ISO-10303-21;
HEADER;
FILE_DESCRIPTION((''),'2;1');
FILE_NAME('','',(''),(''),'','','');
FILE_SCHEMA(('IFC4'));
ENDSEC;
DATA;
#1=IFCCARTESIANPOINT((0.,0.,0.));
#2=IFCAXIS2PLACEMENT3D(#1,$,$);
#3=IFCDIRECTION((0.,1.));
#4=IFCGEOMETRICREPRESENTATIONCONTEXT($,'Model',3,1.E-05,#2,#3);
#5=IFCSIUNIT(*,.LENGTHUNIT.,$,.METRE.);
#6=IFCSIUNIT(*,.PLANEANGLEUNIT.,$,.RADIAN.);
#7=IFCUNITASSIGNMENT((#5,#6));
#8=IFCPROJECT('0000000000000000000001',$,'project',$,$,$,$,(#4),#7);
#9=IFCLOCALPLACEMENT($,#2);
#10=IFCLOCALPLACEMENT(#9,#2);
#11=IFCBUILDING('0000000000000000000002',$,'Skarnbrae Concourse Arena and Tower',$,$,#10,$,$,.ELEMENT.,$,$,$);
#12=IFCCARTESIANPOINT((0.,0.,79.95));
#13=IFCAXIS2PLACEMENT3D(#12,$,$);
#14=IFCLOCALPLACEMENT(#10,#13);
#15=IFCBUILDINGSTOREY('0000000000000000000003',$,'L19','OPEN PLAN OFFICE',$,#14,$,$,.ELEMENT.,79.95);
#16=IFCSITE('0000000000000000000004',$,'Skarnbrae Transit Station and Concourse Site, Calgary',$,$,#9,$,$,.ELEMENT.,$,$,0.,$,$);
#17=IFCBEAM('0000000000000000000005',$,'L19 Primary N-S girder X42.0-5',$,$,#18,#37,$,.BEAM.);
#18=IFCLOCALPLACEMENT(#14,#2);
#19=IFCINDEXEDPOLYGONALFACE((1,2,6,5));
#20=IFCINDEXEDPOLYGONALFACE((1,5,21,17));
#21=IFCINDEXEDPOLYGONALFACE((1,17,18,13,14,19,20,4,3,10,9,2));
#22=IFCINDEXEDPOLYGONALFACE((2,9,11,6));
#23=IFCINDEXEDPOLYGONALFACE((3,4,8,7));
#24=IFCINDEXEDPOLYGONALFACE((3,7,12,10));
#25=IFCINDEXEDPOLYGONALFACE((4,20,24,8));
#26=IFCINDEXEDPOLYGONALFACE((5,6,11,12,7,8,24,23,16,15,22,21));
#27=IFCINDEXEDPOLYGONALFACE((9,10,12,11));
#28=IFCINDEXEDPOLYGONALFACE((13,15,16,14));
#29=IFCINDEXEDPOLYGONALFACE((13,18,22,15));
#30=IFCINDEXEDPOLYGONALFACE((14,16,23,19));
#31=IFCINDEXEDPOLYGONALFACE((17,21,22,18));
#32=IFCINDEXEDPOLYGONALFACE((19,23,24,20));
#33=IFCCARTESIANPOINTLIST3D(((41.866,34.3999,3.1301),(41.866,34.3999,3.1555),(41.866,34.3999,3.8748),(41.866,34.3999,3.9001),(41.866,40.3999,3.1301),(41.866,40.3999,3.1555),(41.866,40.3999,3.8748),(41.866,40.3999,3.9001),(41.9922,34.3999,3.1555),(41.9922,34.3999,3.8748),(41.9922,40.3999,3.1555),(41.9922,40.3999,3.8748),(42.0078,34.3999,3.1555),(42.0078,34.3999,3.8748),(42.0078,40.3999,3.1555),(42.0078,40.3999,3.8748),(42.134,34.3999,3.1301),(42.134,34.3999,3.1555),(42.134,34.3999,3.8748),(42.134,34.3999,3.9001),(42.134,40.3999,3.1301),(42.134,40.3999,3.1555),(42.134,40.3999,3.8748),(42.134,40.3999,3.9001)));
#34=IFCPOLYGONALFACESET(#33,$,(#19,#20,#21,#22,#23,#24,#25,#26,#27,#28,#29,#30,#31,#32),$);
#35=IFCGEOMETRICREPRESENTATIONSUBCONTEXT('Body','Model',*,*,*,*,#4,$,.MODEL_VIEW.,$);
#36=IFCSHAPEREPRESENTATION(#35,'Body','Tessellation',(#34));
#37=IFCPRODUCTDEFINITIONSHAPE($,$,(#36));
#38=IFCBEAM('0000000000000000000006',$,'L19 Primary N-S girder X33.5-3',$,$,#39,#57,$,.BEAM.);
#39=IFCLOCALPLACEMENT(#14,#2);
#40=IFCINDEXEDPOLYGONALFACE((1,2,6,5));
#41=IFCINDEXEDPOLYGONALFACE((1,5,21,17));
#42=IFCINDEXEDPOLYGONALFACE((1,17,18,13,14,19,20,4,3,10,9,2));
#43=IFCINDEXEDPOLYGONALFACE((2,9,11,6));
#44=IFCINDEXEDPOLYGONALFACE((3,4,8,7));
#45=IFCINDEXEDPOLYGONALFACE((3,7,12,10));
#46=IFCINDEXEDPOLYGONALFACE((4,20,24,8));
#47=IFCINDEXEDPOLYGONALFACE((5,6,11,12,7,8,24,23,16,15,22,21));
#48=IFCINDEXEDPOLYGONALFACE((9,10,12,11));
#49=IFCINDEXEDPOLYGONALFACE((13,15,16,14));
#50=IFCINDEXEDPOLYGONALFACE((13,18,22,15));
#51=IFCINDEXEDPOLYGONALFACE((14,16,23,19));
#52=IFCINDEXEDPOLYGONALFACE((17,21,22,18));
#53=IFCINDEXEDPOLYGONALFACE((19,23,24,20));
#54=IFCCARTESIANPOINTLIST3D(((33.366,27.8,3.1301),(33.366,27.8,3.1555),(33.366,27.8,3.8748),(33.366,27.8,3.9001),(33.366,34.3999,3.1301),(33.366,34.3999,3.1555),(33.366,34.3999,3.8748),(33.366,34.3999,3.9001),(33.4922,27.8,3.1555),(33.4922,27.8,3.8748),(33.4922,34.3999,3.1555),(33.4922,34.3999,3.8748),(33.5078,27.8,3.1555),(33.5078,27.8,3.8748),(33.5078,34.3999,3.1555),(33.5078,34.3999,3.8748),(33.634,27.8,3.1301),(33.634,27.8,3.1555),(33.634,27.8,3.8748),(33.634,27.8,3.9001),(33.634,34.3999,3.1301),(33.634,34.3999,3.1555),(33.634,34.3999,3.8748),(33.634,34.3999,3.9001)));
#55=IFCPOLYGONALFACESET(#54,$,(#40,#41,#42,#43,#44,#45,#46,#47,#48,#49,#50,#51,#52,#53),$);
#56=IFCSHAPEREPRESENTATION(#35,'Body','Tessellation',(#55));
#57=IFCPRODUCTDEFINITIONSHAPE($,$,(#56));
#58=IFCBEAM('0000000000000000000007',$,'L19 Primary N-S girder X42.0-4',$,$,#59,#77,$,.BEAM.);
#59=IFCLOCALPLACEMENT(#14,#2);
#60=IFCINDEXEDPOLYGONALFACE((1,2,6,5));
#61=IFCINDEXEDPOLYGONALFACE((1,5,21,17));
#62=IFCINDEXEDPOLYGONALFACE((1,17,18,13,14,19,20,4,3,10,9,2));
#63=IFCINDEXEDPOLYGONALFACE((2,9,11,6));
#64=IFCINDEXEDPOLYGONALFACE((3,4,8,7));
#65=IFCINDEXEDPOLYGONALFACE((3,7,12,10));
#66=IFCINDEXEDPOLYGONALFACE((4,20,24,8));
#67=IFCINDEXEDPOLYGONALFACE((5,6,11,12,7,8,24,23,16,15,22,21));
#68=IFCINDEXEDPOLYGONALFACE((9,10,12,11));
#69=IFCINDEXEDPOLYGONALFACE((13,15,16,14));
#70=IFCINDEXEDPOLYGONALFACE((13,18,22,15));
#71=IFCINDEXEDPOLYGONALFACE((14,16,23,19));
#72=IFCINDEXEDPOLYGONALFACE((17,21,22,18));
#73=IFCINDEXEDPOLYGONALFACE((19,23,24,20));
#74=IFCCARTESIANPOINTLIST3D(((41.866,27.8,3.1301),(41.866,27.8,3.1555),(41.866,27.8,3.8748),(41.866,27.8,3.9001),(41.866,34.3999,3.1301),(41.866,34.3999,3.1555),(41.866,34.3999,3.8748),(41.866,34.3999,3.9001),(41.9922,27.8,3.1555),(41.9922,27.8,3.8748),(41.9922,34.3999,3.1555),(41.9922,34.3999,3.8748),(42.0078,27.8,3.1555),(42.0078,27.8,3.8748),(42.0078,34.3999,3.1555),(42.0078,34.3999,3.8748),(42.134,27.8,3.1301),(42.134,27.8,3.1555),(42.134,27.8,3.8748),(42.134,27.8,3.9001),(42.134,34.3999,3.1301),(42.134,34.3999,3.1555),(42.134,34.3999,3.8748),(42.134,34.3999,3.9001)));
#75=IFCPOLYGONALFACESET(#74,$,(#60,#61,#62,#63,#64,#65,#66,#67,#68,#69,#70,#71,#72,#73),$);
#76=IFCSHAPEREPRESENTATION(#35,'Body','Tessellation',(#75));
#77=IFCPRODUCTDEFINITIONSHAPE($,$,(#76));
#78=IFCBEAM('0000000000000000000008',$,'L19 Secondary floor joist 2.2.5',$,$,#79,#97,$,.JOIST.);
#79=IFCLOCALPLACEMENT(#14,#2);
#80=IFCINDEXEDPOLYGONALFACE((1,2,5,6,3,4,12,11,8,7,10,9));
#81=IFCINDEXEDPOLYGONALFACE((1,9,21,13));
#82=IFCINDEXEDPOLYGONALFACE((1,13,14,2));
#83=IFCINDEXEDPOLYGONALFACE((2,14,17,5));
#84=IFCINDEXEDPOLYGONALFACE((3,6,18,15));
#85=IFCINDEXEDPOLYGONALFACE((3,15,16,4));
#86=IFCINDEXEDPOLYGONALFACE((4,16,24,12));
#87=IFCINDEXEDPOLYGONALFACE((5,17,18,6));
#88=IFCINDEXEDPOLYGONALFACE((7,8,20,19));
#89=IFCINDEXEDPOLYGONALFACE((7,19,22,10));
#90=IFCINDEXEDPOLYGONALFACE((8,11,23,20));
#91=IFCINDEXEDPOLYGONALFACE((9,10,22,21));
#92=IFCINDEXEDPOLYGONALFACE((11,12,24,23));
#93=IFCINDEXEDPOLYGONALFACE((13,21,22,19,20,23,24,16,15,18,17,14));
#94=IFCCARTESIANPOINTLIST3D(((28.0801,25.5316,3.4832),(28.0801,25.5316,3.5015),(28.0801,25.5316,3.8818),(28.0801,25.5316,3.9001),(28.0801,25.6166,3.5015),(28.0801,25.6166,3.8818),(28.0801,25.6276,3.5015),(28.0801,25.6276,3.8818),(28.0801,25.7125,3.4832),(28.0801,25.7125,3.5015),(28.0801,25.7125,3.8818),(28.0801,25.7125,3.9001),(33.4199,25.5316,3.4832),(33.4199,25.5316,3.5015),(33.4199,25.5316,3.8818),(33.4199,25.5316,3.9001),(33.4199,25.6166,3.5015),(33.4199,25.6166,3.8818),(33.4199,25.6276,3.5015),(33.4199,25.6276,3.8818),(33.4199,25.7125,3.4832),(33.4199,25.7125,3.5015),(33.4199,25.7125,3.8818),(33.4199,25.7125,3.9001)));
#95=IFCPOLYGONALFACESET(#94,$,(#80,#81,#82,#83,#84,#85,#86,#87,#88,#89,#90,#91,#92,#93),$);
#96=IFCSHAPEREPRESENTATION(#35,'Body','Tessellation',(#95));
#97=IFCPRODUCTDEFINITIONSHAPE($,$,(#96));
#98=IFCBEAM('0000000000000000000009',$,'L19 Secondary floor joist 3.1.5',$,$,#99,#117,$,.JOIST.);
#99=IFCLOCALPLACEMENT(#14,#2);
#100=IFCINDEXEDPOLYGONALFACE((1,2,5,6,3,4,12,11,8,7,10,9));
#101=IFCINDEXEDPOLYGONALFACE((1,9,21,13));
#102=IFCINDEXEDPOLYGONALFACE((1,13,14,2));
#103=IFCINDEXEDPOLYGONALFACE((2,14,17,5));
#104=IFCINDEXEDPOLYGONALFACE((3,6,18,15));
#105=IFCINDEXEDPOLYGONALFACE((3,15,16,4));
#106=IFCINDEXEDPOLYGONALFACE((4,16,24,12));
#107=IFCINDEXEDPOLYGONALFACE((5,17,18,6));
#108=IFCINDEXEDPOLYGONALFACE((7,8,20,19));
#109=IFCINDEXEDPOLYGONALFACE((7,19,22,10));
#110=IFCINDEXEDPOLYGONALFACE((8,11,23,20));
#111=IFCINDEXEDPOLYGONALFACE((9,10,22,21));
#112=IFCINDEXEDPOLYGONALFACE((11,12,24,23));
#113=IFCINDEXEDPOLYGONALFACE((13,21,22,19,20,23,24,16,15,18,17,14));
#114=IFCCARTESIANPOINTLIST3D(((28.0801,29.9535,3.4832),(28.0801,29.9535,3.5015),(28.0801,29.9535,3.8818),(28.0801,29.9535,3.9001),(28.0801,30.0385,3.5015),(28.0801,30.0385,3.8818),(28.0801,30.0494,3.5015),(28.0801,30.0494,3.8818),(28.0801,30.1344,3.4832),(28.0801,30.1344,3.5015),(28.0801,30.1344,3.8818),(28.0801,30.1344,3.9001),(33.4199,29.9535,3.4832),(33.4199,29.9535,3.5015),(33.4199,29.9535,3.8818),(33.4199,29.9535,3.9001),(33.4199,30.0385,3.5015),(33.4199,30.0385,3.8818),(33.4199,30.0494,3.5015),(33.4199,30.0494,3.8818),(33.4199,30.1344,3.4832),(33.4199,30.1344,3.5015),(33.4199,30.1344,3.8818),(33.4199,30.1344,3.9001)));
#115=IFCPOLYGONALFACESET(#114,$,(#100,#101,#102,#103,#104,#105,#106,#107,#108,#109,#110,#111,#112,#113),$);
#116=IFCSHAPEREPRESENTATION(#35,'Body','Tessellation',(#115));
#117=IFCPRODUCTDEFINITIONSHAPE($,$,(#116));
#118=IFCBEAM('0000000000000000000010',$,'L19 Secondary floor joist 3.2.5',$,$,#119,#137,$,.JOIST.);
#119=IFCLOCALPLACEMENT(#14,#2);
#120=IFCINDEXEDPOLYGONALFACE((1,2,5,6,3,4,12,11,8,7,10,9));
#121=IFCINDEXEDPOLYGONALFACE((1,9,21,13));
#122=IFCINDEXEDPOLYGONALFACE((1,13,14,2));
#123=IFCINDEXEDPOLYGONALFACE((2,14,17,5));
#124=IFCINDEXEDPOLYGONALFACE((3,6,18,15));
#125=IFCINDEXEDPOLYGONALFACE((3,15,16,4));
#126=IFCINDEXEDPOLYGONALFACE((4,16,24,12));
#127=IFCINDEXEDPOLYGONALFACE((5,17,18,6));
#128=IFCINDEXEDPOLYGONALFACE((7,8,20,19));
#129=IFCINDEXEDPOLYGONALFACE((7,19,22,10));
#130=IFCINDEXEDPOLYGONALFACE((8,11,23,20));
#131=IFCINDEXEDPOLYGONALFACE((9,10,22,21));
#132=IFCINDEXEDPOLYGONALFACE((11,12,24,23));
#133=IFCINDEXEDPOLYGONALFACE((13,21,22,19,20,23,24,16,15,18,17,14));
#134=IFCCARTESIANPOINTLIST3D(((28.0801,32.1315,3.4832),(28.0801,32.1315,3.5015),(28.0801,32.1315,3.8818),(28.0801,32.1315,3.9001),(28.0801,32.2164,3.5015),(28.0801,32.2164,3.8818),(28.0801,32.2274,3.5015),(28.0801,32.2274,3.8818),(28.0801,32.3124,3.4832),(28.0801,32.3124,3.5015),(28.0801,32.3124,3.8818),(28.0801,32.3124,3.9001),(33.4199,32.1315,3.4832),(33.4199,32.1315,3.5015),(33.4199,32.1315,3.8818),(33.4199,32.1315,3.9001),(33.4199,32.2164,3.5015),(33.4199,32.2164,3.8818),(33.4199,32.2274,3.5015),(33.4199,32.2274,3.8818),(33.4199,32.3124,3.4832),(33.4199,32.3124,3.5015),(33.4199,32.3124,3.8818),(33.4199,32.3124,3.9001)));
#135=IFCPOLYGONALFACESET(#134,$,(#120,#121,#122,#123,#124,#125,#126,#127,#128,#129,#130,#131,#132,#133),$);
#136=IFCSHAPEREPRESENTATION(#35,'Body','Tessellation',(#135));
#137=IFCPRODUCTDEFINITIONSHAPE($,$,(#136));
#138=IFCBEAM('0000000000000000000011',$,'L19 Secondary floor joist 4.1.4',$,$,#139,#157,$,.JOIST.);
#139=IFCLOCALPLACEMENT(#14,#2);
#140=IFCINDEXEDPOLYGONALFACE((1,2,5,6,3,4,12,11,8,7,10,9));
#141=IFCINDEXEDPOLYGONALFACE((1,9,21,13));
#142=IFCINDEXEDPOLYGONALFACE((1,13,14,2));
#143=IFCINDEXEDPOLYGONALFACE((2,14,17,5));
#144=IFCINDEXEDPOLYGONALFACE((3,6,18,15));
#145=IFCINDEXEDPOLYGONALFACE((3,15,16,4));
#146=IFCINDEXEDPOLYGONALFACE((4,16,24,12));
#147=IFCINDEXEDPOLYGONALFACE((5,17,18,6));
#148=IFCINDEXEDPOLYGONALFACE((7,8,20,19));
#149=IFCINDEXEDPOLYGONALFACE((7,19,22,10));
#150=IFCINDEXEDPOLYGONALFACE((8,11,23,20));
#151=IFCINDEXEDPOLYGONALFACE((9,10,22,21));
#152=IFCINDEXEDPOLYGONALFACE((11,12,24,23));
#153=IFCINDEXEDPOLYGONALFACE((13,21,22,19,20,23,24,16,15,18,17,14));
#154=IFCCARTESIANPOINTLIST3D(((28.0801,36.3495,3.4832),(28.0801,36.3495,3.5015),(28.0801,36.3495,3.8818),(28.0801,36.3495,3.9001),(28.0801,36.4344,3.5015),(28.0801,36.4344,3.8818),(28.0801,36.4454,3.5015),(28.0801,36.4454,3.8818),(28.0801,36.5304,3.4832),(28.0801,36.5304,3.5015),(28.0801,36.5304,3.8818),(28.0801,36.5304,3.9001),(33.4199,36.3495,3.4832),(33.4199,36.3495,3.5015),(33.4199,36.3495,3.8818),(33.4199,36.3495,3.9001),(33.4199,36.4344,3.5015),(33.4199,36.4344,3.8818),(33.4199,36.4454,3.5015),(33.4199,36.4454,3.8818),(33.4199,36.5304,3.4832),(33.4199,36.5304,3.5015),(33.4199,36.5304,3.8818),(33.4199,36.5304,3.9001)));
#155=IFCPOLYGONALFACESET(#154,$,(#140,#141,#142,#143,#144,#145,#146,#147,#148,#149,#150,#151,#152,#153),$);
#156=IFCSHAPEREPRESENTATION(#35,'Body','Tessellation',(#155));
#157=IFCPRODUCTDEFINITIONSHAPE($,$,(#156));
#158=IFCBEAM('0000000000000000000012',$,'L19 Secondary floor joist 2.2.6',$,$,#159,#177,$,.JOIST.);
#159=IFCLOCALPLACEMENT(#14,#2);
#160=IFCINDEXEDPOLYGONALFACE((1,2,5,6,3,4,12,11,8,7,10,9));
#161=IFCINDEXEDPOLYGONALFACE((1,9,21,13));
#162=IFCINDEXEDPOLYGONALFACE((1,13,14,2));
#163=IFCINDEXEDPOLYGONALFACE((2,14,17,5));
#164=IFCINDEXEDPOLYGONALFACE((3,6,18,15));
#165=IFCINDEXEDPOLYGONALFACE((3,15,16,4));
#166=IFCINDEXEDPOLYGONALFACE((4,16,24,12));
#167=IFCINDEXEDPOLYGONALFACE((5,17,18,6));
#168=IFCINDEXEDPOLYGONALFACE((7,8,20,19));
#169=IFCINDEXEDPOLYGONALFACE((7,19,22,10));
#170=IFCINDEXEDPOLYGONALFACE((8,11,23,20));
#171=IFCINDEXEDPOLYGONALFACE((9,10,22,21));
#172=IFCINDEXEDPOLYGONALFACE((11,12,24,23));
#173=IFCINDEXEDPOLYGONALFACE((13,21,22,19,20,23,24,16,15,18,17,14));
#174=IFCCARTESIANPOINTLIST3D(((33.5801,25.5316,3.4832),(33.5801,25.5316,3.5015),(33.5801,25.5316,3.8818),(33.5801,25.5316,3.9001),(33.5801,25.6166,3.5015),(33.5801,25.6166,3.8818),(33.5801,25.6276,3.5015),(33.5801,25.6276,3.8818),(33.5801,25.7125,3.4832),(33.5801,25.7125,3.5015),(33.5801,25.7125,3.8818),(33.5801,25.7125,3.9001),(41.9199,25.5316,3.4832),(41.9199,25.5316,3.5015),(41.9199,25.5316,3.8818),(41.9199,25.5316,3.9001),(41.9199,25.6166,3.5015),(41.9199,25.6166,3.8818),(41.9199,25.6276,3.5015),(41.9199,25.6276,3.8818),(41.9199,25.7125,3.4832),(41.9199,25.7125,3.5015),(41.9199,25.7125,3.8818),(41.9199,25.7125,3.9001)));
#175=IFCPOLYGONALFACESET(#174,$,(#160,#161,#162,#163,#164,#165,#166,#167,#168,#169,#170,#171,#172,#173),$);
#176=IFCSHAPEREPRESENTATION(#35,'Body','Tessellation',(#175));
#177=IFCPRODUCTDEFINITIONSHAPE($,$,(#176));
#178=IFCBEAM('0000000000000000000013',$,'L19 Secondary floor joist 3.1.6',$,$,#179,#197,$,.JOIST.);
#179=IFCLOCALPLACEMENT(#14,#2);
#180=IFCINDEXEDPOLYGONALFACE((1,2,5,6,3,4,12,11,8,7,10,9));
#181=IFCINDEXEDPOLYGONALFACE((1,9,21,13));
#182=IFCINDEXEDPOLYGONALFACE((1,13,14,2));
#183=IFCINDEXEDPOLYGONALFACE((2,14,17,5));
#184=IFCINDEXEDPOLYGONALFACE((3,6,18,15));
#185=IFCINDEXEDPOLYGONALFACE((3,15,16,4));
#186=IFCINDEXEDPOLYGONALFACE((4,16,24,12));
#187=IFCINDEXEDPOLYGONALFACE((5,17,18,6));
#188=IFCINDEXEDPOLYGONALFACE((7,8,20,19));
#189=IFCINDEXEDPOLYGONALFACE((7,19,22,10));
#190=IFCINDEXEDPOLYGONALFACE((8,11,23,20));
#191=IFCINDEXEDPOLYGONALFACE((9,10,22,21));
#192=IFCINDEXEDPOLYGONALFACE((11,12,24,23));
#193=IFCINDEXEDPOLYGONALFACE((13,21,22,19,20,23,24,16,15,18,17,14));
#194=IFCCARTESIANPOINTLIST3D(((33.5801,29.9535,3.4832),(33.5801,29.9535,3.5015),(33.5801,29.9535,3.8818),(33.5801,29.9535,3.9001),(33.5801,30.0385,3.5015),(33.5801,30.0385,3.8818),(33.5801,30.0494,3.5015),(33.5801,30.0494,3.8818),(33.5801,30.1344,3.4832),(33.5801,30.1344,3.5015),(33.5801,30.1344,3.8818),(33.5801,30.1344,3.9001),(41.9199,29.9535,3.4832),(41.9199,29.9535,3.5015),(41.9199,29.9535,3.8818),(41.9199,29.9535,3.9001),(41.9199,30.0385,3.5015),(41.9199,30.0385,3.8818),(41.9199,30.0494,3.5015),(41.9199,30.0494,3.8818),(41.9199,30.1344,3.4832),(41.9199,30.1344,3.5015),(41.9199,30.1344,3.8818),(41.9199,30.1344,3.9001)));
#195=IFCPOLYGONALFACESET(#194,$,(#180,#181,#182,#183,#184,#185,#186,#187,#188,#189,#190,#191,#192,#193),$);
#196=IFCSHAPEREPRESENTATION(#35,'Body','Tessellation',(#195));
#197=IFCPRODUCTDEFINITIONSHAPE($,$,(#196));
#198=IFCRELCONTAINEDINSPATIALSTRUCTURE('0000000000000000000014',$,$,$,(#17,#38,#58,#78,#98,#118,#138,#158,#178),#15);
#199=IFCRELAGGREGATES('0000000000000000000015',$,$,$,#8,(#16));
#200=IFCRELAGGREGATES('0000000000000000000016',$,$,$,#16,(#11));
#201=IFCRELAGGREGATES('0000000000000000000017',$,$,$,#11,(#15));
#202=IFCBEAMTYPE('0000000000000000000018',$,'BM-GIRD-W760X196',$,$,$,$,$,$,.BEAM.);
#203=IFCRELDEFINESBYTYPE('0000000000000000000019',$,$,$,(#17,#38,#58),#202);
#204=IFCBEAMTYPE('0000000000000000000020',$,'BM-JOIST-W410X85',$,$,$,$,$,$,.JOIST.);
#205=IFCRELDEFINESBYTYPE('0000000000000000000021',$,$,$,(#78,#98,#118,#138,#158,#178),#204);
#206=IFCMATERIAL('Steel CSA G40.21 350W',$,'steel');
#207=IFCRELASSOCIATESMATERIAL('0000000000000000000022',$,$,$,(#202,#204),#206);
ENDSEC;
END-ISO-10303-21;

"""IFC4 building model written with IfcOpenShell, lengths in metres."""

from ifc_helpers import new_model, si_unit, direction, frame, origin, origin_2d, place, context, subcontext, project, spatial, i_section, extrude, source, transform, mapped, material, material_profile, profile_set, type_object, element, save


model = new_model("IFC4")

# Units and contexts
model_context = context("Model", 3, precision=1e-05, world=origin(), true_north=direction((0.0, 1.0)))
body_context = subcontext(model_context, "Body", "Model", "MODEL_VIEW")
ifc_project = project(units=[si_unit("LENGTHUNIT", "METRE"), si_unit("PLANEANGLEUNIT", "RADIAN")], contexts=[model_context])

# Site, building, storey
site_placement = place(None, origin())
site = spatial("IfcSite", under=ifc_project, at=site_placement, Name="Skarnbrae Transit Station and Concourse Site, Calgary", CompositionType="ELEMENT", RefElevation=0.0)
building_placement = place(site_placement, origin())
building = spatial("IfcBuilding", under=site, at=building_placement, Name="Skarnbrae Concourse Arena and Tower", CompositionType="ELEMENT")
storey_placement = place(building_placement, frame((0.0, 0.0, 79.95)))
storey = spatial("IfcBuildingStorey", under=building, at=storey_placement, Name="L19", Description="OPEN PLAN OFFICE", CompositionType="ELEMENT", Elevation=79.95)

# Shared definitions
ifc_material_1 = material(Name="Steel CSA G40.21 350W", Category="steel")

# Beams
ifc_material_profile_1 = material_profile(ifc_material_1, i_section(OverallWidth=0.2681, OverallDepth=0.77, WebThickness=0.0156, FlangeThickness=0.0254, at=origin_2d()), Name="W760X196")
ifc_profile_set_1 = profile_set([ifc_material_profile_1], Name="Steel CSA G40.21 350W")
beam_type_1 = type_object("IfcBeamType", Name="BM-GIRD-W760X196", PredefinedType="BEAM", material=ifc_profile_set_1)
shared_shape_1 = source(origin(), body_context, "Body", "SweptSolid", [
    extrude(i_section(OverallWidth=0.2681, OverallDepth=0.77, WebThickness=0.0156, FlangeThickness=0.0254, at=origin_2d()), origin(), (0.0, 0.0, 1.0), 6.0),
])
for number, where, z_axis, x_axis, name in (
    (1, (42.0, 34.3999, 3.5151), (0.0, 1.0, 0.0), (-1.0, 0.0, 0.0), "L19 Primary N-S girder X42.0-5"),
):
    element("IfcBeam", number, at=place(storey_placement, frame(where, z_axis=z_axis, x_axis=x_axis)), inside=storey, type_object=beam_type_1, Name=name, PredefinedType="BEAM", context=body_context, shape_type="MappedRepresentation", body=[
        mapped(shared_shape_1, transform((0.0, 0.0, 0.0))),
    ])
shared_shape_2 = source(origin(), body_context, "Body", "SweptSolid", [
    extrude(i_section(OverallWidth=0.2681, OverallDepth=0.77, WebThickness=0.0156, FlangeThickness=0.0254, at=origin_2d()), origin(), (0.0, 0.0, 1.0), 6.5999),
])
for number, where, z_axis, x_axis, name in (
    (2, (33.5, 27.8, 3.5151), (0.0, 1.0, 0.0), (-1.0, 0.0, 0.0), "L19 Primary N-S girder X33.5-3"),
    (3, (42.0, 27.8, 3.5151), (0.0, 1.0, 0.0), (-1.0, 0.0, 0.0), "L19 Primary N-S girder X42.0-4"),
):
    element("IfcBeam", number, at=place(storey_placement, frame(where, z_axis=z_axis, x_axis=x_axis)), inside=storey, type_object=beam_type_1, Name=name, PredefinedType="BEAM", context=body_context, shape_type="MappedRepresentation", body=[
        mapped(shared_shape_2, transform((0.0, 0.0, 0.0))),
    ])
ifc_material_profile_2 = material_profile(ifc_material_1, i_section(OverallWidth=0.1809, OverallDepth=0.417, WebThickness=0.011, FlangeThickness=0.0183, at=origin_2d()), Name="W410X85")
ifc_profile_set_2 = profile_set([ifc_material_profile_2], Name="Steel CSA G40.21 350W")
beam_type_2 = type_object("IfcBeamType", Name="BM-JOIST-W410X85", PredefinedType="JOIST", material=ifc_profile_set_2)
shared_shape_3 = source(origin(), body_context, "Body", "SweptSolid", [
    extrude(i_section(OverallWidth=0.1809, OverallDepth=0.417, WebThickness=0.011, FlangeThickness=0.0183, at=origin_2d()), origin(), (0.0, 0.0, 1.0), 5.3398),
])
for number, where, z_axis, x_axis, name in (
    (4, (28.0801, 25.6221, 3.6917), (1.0, 0.0, 0.0), (0.0, 1.0, 0.0), "L19 Secondary floor joist 2.2.5"),
    (5, (28.0801, 30.0439, 3.6917), (1.0, 0.0, 0.0), (0.0, 1.0, 0.0), "L19 Secondary floor joist 3.1.5"),
    (6, (28.0801, 32.2219, 3.6917), (1.0, 0.0, 0.0), (0.0, 1.0, 0.0), "L19 Secondary floor joist 3.2.5"),
    (7, (28.0801, 36.4399, 3.6917), (1.0, 0.0, 0.0), (0.0, 1.0, 0.0), "L19 Secondary floor joist 4.1.4"),
):
    element("IfcBeam", number, at=place(storey_placement, frame(where, z_axis=z_axis, x_axis=x_axis)), inside=storey, type_object=beam_type_2, Name=name, PredefinedType="JOIST", context=body_context, shape_type="MappedRepresentation", body=[
        mapped(shared_shape_3, transform((0.0, 0.0, 0.0))),
    ])
shared_shape_4 = source(origin(), body_context, "Body", "SweptSolid", [
    extrude(i_section(OverallWidth=0.1809, OverallDepth=0.417, WebThickness=0.011, FlangeThickness=0.0183, at=origin_2d()), origin(), (0.0, 0.0, 1.0), 8.3398),
])
for number, where, z_axis, x_axis, name in (
    (8, (33.5801, 25.6221, 3.6917), (1.0, 0.0, 0.0), (0.0, 1.0, 0.0), "L19 Secondary floor joist 2.2.6"),
    (9, (33.5801, 30.0439, 3.6917), (1.0, 0.0, 0.0), (0.0, 1.0, 0.0), "L19 Secondary floor joist 3.1.6"),
):
    element("IfcBeam", number, at=place(storey_placement, frame(where, z_axis=z_axis, x_axis=x_axis)), inside=storey, type_object=beam_type_2, Name=name, PredefinedType="JOIST", context=body_context, shape_type="MappedRepresentation", body=[
        mapped(shared_shape_4, transform((0.0, 0.0, 0.0))),
    ])

save(model, "model.ifc")
